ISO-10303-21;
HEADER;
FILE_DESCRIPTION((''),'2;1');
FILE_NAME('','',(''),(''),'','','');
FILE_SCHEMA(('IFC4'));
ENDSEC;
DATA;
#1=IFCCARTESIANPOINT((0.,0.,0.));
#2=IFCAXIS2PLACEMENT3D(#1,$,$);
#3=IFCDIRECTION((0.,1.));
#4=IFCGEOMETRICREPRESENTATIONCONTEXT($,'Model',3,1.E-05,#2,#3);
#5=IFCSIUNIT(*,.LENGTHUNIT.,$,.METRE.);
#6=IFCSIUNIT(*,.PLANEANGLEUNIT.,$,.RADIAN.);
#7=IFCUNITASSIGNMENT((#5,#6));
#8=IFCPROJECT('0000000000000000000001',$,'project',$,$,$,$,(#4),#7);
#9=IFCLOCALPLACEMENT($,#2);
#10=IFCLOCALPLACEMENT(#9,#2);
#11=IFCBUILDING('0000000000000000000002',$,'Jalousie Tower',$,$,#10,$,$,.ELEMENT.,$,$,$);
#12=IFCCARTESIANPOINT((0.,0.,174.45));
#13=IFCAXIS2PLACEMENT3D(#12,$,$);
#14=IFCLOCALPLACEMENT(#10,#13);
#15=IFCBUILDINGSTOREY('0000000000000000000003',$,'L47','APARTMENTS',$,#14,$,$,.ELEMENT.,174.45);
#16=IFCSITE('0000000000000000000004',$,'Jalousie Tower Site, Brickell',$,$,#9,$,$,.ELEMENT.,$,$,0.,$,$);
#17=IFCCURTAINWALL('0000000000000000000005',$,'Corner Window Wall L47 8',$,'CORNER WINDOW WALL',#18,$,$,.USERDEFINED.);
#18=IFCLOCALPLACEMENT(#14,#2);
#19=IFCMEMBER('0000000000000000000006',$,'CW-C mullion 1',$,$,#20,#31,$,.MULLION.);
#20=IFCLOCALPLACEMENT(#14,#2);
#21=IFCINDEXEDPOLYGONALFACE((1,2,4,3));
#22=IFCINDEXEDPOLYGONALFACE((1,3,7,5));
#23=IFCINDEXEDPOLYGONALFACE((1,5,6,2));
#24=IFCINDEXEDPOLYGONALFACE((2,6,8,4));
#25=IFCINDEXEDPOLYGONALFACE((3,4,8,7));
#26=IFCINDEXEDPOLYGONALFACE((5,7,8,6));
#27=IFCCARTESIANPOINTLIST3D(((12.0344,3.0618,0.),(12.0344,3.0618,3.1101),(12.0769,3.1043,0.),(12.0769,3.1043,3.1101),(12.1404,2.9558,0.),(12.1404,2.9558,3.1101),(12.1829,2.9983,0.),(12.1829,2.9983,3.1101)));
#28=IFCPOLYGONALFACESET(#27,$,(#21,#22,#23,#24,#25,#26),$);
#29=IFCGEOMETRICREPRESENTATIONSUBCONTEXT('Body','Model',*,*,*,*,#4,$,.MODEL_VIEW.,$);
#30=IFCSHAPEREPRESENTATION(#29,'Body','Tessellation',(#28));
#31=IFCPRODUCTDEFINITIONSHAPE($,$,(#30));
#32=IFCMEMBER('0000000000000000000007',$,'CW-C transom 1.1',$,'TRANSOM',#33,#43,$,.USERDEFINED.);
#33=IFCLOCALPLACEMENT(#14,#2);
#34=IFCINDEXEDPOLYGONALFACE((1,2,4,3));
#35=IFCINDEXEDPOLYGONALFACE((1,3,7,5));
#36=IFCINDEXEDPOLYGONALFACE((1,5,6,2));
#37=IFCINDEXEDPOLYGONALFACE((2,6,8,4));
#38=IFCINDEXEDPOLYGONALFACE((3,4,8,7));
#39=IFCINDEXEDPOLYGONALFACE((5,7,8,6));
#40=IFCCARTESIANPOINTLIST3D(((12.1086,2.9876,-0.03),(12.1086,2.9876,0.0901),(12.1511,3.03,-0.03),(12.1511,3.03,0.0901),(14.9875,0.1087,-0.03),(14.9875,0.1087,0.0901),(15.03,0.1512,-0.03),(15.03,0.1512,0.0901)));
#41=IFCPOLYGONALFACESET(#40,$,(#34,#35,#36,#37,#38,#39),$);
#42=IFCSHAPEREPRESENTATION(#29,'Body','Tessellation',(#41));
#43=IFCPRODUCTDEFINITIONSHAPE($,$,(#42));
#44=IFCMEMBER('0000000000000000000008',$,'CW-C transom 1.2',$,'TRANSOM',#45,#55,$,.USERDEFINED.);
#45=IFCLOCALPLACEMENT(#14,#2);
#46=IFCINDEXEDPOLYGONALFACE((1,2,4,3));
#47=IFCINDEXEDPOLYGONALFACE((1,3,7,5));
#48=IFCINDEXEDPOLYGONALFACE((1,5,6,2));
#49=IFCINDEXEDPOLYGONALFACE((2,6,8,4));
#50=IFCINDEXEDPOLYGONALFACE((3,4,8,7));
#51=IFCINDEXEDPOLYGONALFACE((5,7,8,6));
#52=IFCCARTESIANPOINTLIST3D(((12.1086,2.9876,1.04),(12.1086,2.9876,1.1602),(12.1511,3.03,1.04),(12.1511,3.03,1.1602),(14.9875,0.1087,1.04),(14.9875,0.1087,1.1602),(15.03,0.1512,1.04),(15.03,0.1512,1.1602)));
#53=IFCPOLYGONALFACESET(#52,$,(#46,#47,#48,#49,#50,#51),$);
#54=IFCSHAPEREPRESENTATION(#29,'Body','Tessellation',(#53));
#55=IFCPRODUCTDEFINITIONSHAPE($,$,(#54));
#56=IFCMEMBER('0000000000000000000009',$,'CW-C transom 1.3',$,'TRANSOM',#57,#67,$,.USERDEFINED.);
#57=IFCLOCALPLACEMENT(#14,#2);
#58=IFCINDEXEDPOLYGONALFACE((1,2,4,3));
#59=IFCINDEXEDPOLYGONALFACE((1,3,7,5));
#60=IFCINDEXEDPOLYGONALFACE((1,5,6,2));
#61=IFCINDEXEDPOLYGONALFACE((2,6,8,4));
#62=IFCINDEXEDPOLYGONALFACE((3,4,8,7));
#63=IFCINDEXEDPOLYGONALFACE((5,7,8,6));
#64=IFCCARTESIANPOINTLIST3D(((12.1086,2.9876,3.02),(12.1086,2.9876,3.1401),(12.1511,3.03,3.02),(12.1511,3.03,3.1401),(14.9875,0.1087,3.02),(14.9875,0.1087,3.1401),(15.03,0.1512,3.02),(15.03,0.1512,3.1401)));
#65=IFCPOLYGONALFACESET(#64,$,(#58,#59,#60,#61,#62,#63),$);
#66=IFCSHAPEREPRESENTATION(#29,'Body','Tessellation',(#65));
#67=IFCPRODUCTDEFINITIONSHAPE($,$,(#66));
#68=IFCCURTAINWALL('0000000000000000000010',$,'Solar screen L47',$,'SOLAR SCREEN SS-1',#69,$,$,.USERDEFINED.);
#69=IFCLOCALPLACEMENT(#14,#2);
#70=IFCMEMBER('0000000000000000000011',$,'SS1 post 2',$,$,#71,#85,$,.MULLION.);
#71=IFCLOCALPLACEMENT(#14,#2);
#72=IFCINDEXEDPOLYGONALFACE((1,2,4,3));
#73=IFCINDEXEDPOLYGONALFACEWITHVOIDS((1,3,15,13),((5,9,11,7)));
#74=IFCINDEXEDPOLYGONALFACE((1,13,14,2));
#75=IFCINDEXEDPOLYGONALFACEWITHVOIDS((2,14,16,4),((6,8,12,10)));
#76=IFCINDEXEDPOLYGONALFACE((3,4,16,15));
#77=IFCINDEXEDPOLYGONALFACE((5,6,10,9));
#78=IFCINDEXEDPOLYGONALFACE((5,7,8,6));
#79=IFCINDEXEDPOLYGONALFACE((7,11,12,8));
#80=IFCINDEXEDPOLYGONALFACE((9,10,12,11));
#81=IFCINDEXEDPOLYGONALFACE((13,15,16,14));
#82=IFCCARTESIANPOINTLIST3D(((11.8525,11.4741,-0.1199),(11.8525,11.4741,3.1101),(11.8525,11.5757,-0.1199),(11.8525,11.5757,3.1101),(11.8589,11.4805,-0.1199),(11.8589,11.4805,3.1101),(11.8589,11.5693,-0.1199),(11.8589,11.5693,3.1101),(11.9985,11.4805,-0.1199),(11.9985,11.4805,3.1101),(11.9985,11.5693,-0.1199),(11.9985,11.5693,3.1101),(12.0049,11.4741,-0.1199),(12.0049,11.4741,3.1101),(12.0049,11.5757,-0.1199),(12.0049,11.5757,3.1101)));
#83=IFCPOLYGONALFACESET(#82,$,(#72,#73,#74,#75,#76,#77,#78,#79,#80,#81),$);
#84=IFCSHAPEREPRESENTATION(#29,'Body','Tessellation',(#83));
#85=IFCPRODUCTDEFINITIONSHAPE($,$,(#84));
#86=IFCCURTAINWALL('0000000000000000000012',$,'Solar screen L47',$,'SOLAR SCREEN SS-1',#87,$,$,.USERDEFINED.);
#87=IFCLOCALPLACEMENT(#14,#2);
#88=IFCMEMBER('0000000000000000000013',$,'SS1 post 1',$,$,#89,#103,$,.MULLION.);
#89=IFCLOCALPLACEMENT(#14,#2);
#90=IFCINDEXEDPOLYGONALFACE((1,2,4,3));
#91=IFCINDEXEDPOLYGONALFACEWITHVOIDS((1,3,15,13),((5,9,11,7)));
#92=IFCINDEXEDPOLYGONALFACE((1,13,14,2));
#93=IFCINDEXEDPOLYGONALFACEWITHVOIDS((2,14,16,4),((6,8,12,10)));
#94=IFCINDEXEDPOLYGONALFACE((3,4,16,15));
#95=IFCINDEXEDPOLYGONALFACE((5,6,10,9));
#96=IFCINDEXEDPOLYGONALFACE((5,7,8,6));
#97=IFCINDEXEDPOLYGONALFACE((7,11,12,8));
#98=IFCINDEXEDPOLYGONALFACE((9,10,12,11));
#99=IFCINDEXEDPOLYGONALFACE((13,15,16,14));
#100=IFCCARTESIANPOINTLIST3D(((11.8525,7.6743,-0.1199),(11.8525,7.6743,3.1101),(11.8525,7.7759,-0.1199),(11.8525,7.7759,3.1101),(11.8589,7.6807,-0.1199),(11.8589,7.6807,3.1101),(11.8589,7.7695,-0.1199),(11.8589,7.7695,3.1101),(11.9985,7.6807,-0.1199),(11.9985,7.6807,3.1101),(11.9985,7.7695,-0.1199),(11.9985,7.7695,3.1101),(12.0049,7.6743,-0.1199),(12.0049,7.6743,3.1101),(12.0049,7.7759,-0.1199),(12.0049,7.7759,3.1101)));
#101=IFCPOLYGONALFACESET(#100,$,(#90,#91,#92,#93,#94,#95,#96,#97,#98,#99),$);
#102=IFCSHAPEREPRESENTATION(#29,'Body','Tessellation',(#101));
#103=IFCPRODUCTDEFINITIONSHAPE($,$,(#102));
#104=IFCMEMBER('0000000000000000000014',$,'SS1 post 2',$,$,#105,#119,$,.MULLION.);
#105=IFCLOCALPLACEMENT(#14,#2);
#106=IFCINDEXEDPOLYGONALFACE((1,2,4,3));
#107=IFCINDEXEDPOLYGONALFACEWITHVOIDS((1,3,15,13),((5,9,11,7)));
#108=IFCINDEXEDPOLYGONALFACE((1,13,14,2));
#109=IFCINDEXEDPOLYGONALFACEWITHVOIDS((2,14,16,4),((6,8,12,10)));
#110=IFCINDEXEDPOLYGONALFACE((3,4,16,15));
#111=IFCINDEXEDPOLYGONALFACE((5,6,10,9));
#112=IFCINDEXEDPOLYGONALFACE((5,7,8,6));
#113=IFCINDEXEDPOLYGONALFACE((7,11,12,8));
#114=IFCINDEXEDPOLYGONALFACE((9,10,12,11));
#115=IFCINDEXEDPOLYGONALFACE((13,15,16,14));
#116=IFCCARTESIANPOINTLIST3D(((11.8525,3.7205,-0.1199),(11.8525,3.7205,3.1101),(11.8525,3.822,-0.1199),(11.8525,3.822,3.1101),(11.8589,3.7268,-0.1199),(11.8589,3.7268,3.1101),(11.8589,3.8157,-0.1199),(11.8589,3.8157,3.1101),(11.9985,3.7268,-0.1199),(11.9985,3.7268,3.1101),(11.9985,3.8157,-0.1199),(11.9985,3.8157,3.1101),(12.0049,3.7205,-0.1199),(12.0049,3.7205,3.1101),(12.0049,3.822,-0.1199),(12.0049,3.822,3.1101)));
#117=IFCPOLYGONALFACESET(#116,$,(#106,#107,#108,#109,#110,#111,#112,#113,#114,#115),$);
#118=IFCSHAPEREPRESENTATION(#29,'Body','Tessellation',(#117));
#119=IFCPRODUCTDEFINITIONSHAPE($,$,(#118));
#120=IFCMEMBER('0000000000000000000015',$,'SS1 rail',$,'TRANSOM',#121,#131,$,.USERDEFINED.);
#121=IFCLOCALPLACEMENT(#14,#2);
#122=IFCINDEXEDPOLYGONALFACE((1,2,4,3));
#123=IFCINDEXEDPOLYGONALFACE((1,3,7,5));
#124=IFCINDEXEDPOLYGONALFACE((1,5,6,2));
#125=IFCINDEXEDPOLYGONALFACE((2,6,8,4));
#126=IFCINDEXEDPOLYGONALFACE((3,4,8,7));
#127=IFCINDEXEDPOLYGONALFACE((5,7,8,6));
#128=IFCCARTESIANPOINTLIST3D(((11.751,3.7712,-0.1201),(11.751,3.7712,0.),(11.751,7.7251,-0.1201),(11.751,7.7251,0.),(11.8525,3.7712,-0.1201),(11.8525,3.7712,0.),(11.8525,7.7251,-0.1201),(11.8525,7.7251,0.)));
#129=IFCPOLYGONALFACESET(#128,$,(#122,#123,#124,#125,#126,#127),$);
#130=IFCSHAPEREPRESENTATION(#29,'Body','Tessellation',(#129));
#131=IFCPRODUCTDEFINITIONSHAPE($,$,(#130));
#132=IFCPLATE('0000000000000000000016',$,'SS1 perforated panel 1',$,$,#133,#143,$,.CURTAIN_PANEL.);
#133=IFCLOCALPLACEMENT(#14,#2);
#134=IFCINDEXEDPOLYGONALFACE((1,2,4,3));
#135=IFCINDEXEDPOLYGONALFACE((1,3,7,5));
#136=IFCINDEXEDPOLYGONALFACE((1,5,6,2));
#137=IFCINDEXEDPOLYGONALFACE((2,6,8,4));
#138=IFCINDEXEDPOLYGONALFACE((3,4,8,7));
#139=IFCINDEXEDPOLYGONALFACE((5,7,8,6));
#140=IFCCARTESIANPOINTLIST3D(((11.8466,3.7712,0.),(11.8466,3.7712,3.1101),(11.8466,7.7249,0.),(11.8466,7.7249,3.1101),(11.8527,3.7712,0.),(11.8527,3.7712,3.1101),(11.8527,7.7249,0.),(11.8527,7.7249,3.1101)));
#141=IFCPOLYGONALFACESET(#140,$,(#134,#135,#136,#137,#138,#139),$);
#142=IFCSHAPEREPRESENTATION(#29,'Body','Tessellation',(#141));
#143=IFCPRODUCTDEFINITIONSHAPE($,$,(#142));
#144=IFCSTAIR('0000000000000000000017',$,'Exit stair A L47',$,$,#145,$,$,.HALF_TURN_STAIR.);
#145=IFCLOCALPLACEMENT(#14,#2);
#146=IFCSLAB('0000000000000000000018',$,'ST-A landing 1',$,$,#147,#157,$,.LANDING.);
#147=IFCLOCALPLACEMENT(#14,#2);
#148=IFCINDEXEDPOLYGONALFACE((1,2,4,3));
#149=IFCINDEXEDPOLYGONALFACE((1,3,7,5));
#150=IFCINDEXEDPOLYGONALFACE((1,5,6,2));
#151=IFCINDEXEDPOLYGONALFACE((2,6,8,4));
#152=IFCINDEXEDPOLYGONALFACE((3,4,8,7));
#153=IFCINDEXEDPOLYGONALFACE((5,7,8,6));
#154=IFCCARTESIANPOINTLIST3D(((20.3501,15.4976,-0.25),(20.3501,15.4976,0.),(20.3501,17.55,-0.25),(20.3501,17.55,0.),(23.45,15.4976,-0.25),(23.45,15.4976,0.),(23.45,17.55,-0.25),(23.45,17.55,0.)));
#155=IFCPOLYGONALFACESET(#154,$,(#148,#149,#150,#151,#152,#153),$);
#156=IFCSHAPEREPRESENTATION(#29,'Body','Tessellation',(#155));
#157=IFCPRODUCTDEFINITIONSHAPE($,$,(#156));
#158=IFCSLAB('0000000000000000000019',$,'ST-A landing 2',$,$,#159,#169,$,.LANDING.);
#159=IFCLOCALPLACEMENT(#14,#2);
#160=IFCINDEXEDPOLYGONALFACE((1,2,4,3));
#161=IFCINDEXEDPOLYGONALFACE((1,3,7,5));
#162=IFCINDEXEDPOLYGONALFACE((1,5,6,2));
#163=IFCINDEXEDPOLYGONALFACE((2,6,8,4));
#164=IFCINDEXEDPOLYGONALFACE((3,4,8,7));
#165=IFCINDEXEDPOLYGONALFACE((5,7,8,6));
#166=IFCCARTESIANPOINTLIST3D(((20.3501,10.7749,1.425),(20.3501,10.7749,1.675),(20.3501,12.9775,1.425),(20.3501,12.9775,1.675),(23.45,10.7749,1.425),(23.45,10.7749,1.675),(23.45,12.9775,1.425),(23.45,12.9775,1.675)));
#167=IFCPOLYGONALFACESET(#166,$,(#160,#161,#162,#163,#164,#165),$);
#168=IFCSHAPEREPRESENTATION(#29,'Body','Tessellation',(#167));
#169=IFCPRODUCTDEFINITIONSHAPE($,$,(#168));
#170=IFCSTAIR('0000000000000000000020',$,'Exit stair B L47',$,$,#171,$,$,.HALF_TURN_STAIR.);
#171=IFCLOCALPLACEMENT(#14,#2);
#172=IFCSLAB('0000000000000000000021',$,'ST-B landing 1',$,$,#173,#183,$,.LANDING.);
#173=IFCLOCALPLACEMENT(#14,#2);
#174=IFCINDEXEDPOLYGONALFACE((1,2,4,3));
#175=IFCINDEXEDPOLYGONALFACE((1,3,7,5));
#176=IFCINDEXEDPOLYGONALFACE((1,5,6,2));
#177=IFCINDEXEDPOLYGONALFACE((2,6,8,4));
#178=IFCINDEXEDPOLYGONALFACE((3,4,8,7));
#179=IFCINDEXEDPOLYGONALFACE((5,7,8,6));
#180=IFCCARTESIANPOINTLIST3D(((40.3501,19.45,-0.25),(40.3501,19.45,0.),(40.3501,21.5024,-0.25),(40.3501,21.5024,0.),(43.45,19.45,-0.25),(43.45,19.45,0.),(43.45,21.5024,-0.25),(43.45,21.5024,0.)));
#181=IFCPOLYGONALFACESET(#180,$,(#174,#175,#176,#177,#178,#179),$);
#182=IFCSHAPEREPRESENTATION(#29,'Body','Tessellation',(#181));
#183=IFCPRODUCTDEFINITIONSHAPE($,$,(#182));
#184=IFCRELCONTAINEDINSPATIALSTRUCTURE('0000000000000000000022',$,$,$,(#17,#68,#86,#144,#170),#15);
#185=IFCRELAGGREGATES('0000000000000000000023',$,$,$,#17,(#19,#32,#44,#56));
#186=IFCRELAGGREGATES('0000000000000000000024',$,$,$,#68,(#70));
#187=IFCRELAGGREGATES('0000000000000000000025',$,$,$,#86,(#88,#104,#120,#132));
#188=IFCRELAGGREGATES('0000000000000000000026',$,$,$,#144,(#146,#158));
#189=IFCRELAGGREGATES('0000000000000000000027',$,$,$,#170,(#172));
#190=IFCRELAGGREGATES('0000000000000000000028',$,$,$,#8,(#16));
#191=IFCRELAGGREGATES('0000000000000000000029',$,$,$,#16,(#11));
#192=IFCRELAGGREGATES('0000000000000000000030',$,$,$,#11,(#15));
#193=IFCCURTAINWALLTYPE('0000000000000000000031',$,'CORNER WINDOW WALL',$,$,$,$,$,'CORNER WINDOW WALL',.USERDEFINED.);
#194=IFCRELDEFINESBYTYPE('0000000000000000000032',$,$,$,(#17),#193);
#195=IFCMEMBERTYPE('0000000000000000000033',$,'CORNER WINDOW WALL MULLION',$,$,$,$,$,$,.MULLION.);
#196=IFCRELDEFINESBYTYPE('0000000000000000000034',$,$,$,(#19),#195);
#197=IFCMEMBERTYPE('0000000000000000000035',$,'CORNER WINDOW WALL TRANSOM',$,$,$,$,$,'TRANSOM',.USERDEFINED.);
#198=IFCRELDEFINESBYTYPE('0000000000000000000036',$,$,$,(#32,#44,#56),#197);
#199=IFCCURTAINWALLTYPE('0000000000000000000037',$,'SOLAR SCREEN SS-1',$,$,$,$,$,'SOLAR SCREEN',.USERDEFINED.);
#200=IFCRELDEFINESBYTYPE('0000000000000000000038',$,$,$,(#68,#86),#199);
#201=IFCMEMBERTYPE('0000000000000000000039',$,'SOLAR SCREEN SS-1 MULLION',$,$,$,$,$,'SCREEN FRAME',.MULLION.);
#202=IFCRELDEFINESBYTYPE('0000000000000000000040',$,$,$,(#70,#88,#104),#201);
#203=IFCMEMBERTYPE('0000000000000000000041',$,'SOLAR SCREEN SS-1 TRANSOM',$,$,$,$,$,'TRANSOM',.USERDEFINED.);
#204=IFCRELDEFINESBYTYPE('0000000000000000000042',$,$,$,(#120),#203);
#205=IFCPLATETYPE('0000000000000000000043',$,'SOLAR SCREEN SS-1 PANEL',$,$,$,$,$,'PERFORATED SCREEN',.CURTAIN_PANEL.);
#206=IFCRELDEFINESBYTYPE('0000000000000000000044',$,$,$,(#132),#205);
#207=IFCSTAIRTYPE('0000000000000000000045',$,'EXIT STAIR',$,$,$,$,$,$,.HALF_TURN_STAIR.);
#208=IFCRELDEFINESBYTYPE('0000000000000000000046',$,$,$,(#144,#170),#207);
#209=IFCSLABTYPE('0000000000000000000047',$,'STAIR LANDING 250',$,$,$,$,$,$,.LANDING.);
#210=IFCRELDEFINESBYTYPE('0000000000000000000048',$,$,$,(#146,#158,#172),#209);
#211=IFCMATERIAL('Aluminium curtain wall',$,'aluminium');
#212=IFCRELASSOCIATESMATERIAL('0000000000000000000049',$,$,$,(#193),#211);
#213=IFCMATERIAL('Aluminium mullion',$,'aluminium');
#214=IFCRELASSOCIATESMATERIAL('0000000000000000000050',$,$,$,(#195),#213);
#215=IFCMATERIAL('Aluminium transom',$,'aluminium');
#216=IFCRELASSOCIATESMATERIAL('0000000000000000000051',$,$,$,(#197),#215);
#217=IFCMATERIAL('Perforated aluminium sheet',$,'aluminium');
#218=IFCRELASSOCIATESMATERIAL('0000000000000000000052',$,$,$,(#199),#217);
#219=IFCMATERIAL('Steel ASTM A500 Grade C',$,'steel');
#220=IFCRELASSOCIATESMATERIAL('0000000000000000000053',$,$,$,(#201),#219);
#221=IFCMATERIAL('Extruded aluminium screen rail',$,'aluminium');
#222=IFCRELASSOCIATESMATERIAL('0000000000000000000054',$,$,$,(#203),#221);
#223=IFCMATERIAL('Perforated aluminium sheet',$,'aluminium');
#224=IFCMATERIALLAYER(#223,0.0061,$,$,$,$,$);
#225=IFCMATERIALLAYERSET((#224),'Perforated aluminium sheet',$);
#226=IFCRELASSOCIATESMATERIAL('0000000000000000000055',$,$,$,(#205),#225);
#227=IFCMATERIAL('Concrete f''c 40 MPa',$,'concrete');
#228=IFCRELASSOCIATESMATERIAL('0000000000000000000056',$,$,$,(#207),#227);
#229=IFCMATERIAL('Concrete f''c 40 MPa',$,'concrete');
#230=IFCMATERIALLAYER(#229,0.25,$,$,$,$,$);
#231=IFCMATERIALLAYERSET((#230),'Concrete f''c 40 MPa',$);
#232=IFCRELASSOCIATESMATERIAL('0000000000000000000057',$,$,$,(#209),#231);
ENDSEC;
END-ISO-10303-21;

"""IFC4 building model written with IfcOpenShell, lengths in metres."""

from ifc_helpers import new_model, si_unit, direction, frame, origin, origin_2d, place, context, subcontext, project, spatial, polyline, rectangle, hollow_rectangle, outline, extrude, material, layer, layer_set, material_profile, profile_set, type_object, element, aggregate, save


model = new_model("IFC4")

# Units and contexts
model_context = context("Model", 3, precision=1e-05, world=origin(), true_north=direction((0.0, 1.0)))
body_context = subcontext(model_context, "Body", "Model", "MODEL_VIEW")
ifc_project = project(units=[si_unit("LENGTHUNIT", "METRE"), si_unit("PLANEANGLEUNIT", "RADIAN")], contexts=[model_context])

# Site, building, storey
site_placement = place(None, origin())
site = spatial("IfcSite", under=ifc_project, at=site_placement, Name="Jalousie Tower Site, Brickell", CompositionType="ELEMENT", RefElevation=0.0)
building_placement = place(site_placement, origin())
building = spatial("IfcBuilding", under=site, at=building_placement, Name="Jalousie Tower", CompositionType="ELEMENT")
storey_placement = place(building_placement, frame((0.0, 0.0, 174.45)))
storey = spatial("IfcBuildingStorey", under=building, at=storey_placement, Name="L47", Description="APARTMENTS", CompositionType="ELEMENT", Elevation=174.45)

# Curtain wall, members
ifc_material_1 = material(Name="Aluminium curtain wall", Category="aluminium")
curtain_wall_type_1 = type_object("IfcCurtainWallType", Name="CORNER WINDOW WALL", ElementType="CORNER WINDOW WALL", PredefinedType="USERDEFINED", material=ifc_material_1)
curtain_wall_1_placement = place(storey_placement, origin())
curtain_wall_1 = element("IfcCurtainWall", 1, at=curtain_wall_1_placement, inside=storey, type_object=curtain_wall_type_1, Name="Corner Window Wall L47 8", ObjectType="CORNER WINDOW WALL", PredefinedType="USERDEFINED")
ifc_material_2 = material(Name="Aluminium mullion", Category="aluminium")
ifc_material_profile_1 = material_profile(ifc_material_2, rectangle(XDim=0.0601, YDim=0.1499, at=origin_2d()), Name="MULLION 60x150")
ifc_profile_set_1 = profile_set([ifc_material_profile_1], Name="Aluminium mullion")
member_type_1 = type_object("IfcMemberType", Name="CORNER WINDOW WALL MULLION", PredefinedType="MULLION", material=ifc_profile_set_1)
member_1_placement = place(storey_placement, frame((12.1086, 3.03, 0.0), z_axis=(0.0, 0.0, 1.0), x_axis=(0.707107, 0.707107, 0.0)))
member_1 = element("IfcMember", 2, at=member_1_placement, type_object=member_type_1, Name="CW-C mullion 1", PredefinedType="MULLION", context=body_context, shape_type="SweptSolid", body=[
    extrude(rectangle(XDim=0.0601, YDim=0.1499, at=origin_2d()), origin(), (0.0, 0.0, 1.0), 3.1101),
])
ifc_material_3 = material(Name="Aluminium transom", Category="aluminium")
ifc_material_profile_2 = material_profile(ifc_material_3, rectangle(XDim=0.0601, YDim=0.1201, at=origin_2d()), Name="TRANSOM 60x120")
ifc_profile_set_2 = profile_set([ifc_material_profile_2], Name="Aluminium transom")
member_type_2 = type_object("IfcMemberType", Name="CORNER WINDOW WALL TRANSOM", ElementType="TRANSOM", PredefinedType="USERDEFINED", material=ifc_profile_set_2)
member_2_placement = place(storey_placement, frame((12.1299, 3.0088, 0.03), z_axis=(0.707107, -0.707107, 0.0), x_axis=(0.707107, 0.707107, 0.0)))
member_2 = element("IfcMember", 3, at=member_2_placement, type_object=member_type_2, Name="CW-C transom 1.1", ObjectType="TRANSOM", PredefinedType="USERDEFINED", context=body_context, shape_type="SweptSolid", body=[
    extrude(rectangle(XDim=0.0601, YDim=0.1201, at=origin_2d()), origin(), (0.0, 0.0, 1.0), 4.0713),
])
member_3_placement = place(storey_placement, frame((12.1299, 3.0088, 1.1001), z_axis=(0.707107, -0.707107, 0.0), x_axis=(0.707107, 0.707107, 0.0)))
member_3 = element("IfcMember", 4, at=member_3_placement, type_object=member_type_2, Name="CW-C transom 1.2", ObjectType="TRANSOM", PredefinedType="USERDEFINED", context=body_context, shape_type="SweptSolid", body=[
    extrude(rectangle(XDim=0.0601, YDim=0.1201, at=origin_2d()), origin(), (0.0, 0.0, 1.0), 4.0713),
])
member_4_placement = place(storey_placement, frame((12.1299, 3.0088, 3.0801), z_axis=(0.707107, -0.707107, 0.0), x_axis=(0.707107, 0.707107, 0.0)))
member_4 = element("IfcMember", 5, at=member_4_placement, type_object=member_type_2, Name="CW-C transom 1.3", ObjectType="TRANSOM", PredefinedType="USERDEFINED", context=body_context, shape_type="SweptSolid", body=[
    extrude(rectangle(XDim=0.0601, YDim=0.1201, at=origin_2d()), origin(), (0.0, 0.0, 1.0), 4.0713),
])
aggregate(curtain_wall_1, [member_1, member_2, member_3, member_4])

# Curtain wall, member
ifc_material_4 = material(Name="Perforated aluminium sheet", Category="aluminium")
curtain_wall_type_2 = type_object("IfcCurtainWallType", Name="SOLAR SCREEN SS-1", ElementType="SOLAR SCREEN", PredefinedType="USERDEFINED", material=ifc_material_4)
curtain_wall_2_placement = place(storey_placement, origin())
curtain_wall_2 = element("IfcCurtainWall", 6, at=curtain_wall_2_placement, inside=storey, type_object=curtain_wall_type_2, Name="Solar screen L47", ObjectType="SOLAR SCREEN SS-1", PredefinedType="USERDEFINED")
ifc_material_5 = material(Name="Steel ASTM A500 Grade C", Category="steel")
ifc_material_profile_3 = material_profile(ifc_material_5, hollow_rectangle(XDim=0.1016, YDim=0.1523, WallThickness=0.0063, at=origin_2d()), Name="HSS6X4X1/4")
ifc_profile_set_3 = profile_set([ifc_material_profile_3], Name="Steel ASTM A500 Grade C")
member_type_3 = type_object("IfcMemberType", Name="SOLAR SCREEN SS-1 MULLION", ElementType="SCREEN FRAME", PredefinedType="MULLION", material=ifc_profile_set_3)
member_5_placement = place(storey_placement, frame((11.9287, 11.5249, -0.1199), z_axis=(0.0, 0.0, 1.0), x_axis=(0.0, -1.0, 0.0)))
member_5 = element("IfcMember", 7, at=member_5_placement, type_object=member_type_3, Name="SS1 post 2", PredefinedType="MULLION", context=body_context, shape_type="SweptSolid", body=[
    extrude(hollow_rectangle(XDim=0.1016, YDim=0.1523, WallThickness=0.0063, at=origin_2d()), origin(), (0.0, 0.0, 1.0), 3.23),
])
aggregate(curtain_wall_2, [member_5])

# Curtain wall, members
curtain_wall_3_placement = place(storey_placement, origin())
curtain_wall_3 = element("IfcCurtainWall", 8, at=curtain_wall_3_placement, inside=storey, type_object=curtain_wall_type_2, Name="Solar screen L47", ObjectType="SOLAR SCREEN SS-1", PredefinedType="USERDEFINED")
member_6_placement = place(storey_placement, frame((11.9287, 7.7251, -0.1199), z_axis=(0.0, 0.0, 1.0), x_axis=(0.0, -1.0, 0.0)))
member_6 = element("IfcMember", 9, at=member_6_placement, type_object=member_type_3, Name="SS1 post 1", PredefinedType="MULLION", context=body_context, shape_type="SweptSolid", body=[
    extrude(hollow_rectangle(XDim=0.1016, YDim=0.1523, WallThickness=0.0063, at=origin_2d()), origin(), (0.0, 0.0, 1.0), 3.23),
])
member_7_placement = place(storey_placement, frame((11.9287, 3.7712, -0.1199), z_axis=(0.0, 0.0, 1.0), x_axis=(0.0, -1.0, 0.0)))
member_7 = element("IfcMember", 10, at=member_7_placement, type_object=member_type_3, Name="SS1 post 2", PredefinedType="MULLION", context=body_context, shape_type="SweptSolid", body=[
    extrude(hollow_rectangle(XDim=0.1016, YDim=0.1523, WallThickness=0.0063, at=origin_2d()), origin(), (0.0, 0.0, 1.0), 3.23),
])
ifc_material_6 = material(Name="Extruded aluminium screen rail", Category="aluminium")
ifc_material_profile_4 = material_profile(ifc_material_6, rectangle(XDim=0.1016, YDim=0.1201, at=origin_2d()), Name="RAIL 102x120")
ifc_profile_set_4 = profile_set([ifc_material_profile_4], Name="Extruded aluminium screen rail")
member_type_4 = type_object("IfcMemberType", Name="SOLAR SCREEN SS-1 TRANSOM", ElementType="TRANSOM", PredefinedType="USERDEFINED", material=ifc_profile_set_4)
member_8_placement = place(storey_placement, frame((11.8018, 7.7251, -0.0601), z_axis=(0.0, -1.0, 0.0), x_axis=(1.0, 0.0, 0.0)))
member_8 = element("IfcMember", 11, at=member_8_placement, type_object=member_type_4, Name="SS1 rail", ObjectType="TRANSOM", PredefinedType="USERDEFINED", context=body_context, shape_type="SweptSolid", body=[
    extrude(rectangle(XDim=0.1016, YDim=0.1201, at=origin_2d()), origin(), (0.0, 0.0, 1.0), 3.9539),
])

# Plate
ifc_material_7 = material(Name="Perforated aluminium sheet", Category="aluminium")
ifc_layer_1 = layer(ifc_material_7, 0.0061)
ifc_layer_set_1 = layer_set([ifc_layer_1], Name="Perforated aluminium sheet")
plate_type = type_object("IfcPlateType", Name="SOLAR SCREEN SS-1 PANEL", ElementType="PERFORATED SCREEN", PredefinedType="CURTAIN_PANEL", material=ifc_layer_set_1)
plate_placement = place(storey_placement, frame((11.8496, 5.748, 0.0), z_axis=(0.0, 0.0, 1.0), x_axis=(0.0, -1.0, 0.0)))
plate = element("IfcPlate", 12, at=plate_placement, type_object=plate_type, Name="SS1 perforated panel 1", PredefinedType="CURTAIN_PANEL", context=body_context, shape_type="SweptSolid", body=[
    extrude(rectangle(XDim=3.9536, YDim=0.0061, at=origin_2d()), origin(), (0.0, 0.0, 1.0), 3.1101),
])
aggregate(curtain_wall_3, [member_6, member_7, member_8, plate])

# Stairs, slabs
ifc_material_8 = material(Name="Concrete f'c 40 MPa", Category="concrete")
stair_type = type_object("IfcStairType", Name="EXIT STAIR", PredefinedType="HALF_TURN_STAIR", material=ifc_material_8)
stair_1_placement = place(storey_placement, origin())
stair_1 = element("IfcStair", 13, at=stair_1_placement, inside=storey, type_object=stair_type, Name="Exit stair A L47", PredefinedType="HALF_TURN_STAIR")
ifc_material_9 = material(Name="Concrete f'c 40 MPa", Category="concrete")
ifc_layer_2 = layer(ifc_material_9, 0.25)
ifc_layer_set_2 = layer_set([ifc_layer_2], Name="Concrete f'c 40 MPa")
slab_type_1 = type_object("IfcSlabType", Name="STAIR LANDING 250", PredefinedType="LANDING", material=ifc_layer_set_2)
slab_1_placement = place(storey_placement, frame((0.0, 0.0, -0.25)))
slab_1 = element("IfcSlab", 14, at=slab_1_placement, type_object=slab_type_1, Name="ST-A landing 1", PredefinedType="LANDING", context=body_context, shape_type="SweptSolid", body=[
    extrude(outline(polyline([(20.3501, 15.4976), (23.45, 15.4976), (23.45, 17.55), (20.3501, 17.55), (20.3501, 15.4976)])), origin(), (0.0, 0.0, 1.0), 0.25),
])
slab_2_placement = place(storey_placement, frame((0.0, 0.0, 1.425)))
slab_2 = element("IfcSlab", 15, at=slab_2_placement, type_object=slab_type_1, Name="ST-A landing 2", PredefinedType="LANDING", context=body_context, shape_type="SweptSolid", body=[
    extrude(outline(polyline([(20.3501, 10.7749), (23.45, 10.7749), (23.45, 12.9775), (20.3501, 12.9775), (20.3501, 10.7749)])), origin(), (0.0, 0.0, 1.0), 0.25),
])
aggregate(stair_1, [slab_1, slab_2])
stair_2_placement = place(storey_placement, origin())
stair_2 = element("IfcStair", 16, at=stair_2_placement, inside=storey, type_object=stair_type, Name="Exit stair B L47", PredefinedType="HALF_TURN_STAIR")
slab_3_placement = place(storey_placement, frame((0.0, 0.0, -0.25)))
slab_3 = element("IfcSlab", 17, at=slab_3_placement, type_object=slab_type_1, Name="ST-B landing 1", PredefinedType="LANDING", context=body_context, shape_type="SweptSolid", body=[
    extrude(outline(polyline([(40.3501, 19.45), (43.45, 19.45), (43.45, 21.5024), (40.3501, 21.5024), (40.3501, 19.45)])), origin(), (0.0, 0.0, 1.0), 0.25),
])
aggregate(stair_2, [slab_3])

save(model, "model.ifc")
